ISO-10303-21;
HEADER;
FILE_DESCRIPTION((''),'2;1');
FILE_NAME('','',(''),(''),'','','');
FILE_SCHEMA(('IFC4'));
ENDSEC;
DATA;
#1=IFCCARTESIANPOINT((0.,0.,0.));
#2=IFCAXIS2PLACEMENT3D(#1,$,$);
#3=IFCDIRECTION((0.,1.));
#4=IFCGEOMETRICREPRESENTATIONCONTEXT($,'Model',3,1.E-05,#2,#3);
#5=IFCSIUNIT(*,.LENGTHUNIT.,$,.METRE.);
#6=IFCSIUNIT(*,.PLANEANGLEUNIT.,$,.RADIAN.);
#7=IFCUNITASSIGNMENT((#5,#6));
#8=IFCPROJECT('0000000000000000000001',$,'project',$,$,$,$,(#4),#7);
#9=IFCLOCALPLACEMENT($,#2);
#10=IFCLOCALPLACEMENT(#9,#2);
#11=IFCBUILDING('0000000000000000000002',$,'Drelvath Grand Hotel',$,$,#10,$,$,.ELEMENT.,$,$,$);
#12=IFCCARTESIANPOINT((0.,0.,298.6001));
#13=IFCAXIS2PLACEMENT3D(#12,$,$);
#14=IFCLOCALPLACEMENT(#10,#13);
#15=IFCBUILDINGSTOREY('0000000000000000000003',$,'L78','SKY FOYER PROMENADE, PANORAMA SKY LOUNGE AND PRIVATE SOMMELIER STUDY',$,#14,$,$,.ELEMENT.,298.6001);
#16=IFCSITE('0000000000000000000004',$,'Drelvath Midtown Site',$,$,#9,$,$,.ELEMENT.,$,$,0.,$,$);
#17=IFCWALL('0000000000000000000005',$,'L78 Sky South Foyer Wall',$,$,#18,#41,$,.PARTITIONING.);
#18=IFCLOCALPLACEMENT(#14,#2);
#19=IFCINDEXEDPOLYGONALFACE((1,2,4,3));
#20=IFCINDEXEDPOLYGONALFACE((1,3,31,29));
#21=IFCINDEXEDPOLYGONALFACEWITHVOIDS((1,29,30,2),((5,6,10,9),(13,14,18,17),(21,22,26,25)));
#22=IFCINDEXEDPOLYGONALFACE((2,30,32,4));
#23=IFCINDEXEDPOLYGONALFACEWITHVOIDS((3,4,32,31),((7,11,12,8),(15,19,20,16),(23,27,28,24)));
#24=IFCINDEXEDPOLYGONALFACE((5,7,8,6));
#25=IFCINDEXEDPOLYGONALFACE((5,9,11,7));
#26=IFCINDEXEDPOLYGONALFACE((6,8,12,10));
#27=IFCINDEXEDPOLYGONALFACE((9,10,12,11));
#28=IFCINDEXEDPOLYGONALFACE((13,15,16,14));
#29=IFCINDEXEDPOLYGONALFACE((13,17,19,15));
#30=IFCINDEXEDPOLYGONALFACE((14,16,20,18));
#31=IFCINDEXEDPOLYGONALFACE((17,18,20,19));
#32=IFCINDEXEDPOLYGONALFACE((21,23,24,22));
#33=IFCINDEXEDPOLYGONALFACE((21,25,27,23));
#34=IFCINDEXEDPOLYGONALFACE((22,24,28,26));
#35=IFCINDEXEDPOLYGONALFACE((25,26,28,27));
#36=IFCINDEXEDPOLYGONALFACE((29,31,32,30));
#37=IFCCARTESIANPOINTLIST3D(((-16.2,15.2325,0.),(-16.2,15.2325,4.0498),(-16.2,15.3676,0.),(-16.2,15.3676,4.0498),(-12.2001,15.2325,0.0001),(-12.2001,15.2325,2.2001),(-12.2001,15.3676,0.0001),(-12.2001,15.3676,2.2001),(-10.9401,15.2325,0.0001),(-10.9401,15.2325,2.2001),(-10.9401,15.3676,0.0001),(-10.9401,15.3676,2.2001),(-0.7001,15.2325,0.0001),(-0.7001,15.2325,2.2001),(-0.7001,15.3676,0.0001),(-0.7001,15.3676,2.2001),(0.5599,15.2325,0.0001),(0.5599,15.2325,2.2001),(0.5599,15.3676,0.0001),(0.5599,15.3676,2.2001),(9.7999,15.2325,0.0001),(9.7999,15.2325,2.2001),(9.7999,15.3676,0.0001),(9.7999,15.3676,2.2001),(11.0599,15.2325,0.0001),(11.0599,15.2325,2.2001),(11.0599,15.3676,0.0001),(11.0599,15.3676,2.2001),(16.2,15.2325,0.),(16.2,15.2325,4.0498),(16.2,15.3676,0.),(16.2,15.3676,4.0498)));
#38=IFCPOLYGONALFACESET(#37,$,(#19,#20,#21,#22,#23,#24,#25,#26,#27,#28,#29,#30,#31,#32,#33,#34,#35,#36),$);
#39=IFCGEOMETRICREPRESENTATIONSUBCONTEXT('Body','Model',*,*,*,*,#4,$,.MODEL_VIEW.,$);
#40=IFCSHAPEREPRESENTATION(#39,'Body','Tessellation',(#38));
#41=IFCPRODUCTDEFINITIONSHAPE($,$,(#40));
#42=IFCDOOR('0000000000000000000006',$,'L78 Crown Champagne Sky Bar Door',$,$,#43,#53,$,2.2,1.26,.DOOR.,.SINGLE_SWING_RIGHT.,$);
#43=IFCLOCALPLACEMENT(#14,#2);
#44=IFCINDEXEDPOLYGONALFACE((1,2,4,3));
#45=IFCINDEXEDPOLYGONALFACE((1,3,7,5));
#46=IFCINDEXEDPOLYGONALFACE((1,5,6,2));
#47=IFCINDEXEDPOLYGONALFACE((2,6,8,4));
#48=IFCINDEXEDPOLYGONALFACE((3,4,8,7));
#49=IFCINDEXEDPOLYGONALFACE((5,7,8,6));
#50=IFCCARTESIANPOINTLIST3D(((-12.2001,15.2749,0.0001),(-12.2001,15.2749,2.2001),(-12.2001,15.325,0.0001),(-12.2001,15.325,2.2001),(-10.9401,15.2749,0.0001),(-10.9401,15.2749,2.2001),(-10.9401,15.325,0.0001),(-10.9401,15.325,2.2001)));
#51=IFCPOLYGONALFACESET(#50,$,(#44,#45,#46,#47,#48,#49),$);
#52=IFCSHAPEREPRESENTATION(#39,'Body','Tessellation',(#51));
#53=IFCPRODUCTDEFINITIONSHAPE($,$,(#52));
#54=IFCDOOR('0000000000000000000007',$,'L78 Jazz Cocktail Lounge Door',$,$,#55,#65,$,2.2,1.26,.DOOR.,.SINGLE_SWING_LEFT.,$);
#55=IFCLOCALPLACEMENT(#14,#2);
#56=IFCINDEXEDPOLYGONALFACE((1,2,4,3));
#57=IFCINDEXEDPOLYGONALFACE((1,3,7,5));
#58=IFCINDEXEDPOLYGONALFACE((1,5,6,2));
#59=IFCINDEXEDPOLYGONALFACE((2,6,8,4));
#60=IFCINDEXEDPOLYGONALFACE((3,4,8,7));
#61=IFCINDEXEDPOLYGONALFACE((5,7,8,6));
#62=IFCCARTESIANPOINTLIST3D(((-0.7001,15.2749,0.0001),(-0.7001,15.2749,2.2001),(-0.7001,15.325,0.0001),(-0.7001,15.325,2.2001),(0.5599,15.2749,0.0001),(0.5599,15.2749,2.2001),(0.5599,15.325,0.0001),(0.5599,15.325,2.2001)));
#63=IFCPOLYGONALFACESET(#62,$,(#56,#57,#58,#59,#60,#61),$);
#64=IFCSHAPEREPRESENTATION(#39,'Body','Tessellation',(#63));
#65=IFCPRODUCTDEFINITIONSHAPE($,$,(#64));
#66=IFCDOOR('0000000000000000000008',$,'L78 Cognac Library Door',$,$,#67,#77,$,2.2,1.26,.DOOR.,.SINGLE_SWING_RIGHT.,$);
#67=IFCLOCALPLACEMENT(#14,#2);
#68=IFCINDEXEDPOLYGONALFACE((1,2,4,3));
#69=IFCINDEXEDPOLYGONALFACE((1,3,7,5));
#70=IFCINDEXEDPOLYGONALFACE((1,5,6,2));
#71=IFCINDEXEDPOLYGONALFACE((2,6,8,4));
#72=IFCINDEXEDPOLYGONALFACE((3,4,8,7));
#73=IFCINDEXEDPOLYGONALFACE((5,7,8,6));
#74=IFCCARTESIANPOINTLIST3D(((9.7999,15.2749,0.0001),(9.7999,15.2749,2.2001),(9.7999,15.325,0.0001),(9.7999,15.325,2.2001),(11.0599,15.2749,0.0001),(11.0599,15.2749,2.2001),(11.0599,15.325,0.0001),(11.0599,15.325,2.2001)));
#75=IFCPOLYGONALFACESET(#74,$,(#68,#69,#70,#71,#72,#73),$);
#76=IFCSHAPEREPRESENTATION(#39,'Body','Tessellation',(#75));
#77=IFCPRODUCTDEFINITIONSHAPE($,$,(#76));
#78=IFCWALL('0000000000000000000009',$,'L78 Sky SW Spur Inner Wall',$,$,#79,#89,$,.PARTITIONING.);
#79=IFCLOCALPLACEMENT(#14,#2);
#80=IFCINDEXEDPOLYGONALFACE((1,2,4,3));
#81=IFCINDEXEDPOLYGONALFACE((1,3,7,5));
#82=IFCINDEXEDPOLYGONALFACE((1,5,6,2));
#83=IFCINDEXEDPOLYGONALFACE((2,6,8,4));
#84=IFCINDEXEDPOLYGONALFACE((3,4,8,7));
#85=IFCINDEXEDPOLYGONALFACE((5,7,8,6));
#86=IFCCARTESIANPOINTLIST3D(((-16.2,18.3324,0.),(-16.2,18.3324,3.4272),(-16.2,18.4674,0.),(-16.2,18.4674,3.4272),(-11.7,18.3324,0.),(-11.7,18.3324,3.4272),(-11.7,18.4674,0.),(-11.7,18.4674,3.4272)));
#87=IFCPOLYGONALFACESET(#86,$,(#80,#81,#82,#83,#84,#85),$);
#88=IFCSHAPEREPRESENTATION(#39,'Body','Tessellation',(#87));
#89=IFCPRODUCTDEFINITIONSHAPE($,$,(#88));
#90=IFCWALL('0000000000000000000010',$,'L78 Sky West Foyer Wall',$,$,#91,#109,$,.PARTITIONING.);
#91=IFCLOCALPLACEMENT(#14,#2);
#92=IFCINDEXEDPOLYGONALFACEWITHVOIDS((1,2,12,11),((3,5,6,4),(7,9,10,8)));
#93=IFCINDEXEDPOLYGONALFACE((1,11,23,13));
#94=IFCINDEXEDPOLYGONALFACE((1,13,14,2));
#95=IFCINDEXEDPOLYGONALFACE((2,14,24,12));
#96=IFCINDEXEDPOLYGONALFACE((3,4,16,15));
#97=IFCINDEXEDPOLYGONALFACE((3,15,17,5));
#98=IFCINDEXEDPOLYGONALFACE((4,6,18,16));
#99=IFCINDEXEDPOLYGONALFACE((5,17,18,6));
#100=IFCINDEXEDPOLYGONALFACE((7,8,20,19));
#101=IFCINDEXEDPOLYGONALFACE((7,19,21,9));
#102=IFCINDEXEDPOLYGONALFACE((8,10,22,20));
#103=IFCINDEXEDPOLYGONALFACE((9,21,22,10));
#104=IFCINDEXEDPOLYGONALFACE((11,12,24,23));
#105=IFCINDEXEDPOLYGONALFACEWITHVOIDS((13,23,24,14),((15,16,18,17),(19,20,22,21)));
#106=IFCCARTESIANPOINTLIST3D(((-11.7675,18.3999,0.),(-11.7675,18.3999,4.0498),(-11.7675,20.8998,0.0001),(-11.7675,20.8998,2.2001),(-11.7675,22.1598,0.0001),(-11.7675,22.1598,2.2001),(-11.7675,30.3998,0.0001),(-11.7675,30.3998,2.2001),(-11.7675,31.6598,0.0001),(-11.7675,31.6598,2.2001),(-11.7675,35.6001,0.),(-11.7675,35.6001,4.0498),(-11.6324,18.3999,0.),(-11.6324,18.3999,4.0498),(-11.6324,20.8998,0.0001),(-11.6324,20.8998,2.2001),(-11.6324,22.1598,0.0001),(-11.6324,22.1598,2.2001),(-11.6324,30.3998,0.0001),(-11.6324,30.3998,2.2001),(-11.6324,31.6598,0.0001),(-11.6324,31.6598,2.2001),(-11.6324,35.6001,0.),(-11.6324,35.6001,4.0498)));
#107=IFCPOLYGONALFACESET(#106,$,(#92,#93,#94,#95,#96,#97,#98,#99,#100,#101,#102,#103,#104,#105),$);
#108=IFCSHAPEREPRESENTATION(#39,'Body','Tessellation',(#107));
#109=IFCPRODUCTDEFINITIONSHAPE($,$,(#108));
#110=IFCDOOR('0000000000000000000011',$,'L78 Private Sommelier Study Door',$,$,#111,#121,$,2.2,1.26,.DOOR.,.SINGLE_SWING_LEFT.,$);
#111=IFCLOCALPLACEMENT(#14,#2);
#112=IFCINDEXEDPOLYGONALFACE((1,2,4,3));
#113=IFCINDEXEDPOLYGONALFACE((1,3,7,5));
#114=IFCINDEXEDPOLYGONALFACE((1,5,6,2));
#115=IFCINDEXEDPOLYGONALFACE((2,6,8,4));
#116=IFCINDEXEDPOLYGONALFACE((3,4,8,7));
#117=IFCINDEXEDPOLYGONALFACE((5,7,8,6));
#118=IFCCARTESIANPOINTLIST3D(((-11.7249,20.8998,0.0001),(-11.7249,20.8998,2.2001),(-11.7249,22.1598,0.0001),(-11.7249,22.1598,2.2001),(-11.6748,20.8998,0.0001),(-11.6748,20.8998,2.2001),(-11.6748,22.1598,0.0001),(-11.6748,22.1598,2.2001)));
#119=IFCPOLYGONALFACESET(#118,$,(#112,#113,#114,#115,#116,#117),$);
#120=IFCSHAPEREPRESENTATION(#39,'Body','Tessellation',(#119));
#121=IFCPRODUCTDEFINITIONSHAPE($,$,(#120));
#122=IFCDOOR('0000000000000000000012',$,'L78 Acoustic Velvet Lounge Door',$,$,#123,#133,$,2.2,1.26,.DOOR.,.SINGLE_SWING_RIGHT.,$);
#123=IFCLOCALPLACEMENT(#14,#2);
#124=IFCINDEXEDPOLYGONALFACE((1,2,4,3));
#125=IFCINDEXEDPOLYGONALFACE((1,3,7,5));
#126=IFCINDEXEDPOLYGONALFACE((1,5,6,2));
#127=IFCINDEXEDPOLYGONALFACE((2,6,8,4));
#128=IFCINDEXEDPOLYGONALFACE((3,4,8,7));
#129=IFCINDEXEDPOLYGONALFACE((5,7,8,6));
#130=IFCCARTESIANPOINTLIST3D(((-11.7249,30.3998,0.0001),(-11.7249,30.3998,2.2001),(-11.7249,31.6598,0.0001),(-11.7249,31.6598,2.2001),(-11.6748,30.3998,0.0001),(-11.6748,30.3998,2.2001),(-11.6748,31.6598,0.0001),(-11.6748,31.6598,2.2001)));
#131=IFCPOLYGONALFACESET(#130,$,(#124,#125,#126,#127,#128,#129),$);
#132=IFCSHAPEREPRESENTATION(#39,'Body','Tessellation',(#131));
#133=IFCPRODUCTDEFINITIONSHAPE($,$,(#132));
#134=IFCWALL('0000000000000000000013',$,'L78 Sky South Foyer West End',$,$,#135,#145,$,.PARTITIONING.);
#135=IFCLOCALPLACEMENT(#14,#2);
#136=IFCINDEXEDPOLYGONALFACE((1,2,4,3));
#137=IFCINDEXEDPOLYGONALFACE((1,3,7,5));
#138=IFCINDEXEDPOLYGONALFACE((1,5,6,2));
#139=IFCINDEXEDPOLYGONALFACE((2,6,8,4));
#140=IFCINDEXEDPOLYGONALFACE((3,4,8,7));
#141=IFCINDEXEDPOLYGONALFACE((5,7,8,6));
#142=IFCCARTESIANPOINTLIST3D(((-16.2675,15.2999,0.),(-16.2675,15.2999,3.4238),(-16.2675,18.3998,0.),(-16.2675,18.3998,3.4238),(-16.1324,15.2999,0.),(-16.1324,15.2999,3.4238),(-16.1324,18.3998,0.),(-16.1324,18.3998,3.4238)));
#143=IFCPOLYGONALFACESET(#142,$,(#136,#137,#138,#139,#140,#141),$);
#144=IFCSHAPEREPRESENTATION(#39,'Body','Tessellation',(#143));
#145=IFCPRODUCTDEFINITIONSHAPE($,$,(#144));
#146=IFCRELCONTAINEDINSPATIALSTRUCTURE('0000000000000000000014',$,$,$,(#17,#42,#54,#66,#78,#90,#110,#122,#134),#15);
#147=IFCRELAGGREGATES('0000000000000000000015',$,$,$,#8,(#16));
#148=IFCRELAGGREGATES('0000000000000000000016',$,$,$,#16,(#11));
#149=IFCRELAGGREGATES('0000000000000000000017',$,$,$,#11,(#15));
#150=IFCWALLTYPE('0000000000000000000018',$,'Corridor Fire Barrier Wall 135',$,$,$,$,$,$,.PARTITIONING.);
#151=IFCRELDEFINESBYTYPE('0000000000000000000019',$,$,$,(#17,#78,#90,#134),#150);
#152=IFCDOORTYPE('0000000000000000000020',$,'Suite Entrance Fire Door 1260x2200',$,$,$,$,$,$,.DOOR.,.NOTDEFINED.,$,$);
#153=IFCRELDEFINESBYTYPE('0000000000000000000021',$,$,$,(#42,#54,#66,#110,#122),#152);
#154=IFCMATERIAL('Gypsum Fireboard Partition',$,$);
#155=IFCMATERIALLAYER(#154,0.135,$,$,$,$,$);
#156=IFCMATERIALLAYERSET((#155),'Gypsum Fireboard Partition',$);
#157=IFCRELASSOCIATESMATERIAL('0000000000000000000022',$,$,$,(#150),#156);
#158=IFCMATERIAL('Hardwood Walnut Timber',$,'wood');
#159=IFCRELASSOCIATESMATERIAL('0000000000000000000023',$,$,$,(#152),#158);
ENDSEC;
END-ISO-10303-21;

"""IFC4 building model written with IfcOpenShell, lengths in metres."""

from ifc_helpers import new_model, si_unit, direction, frame, frame_2d, origin, place, context, subcontext, project, spatial, rectangle, extrude, material, layer, layer_set, type_object, element, fill, save


model = new_model("IFC4")

# Units and contexts
model_context = context("Model", 3, precision=1e-05, world=origin(), true_north=direction((0.0, 1.0)))
body_context = subcontext(model_context, "Body", "Model", "MODEL_VIEW")
ifc_project = project(units=[si_unit("LENGTHUNIT", "METRE"), si_unit("PLANEANGLEUNIT", "RADIAN")], contexts=[model_context])

# Site, building, storey
site_placement = place(None, origin())
site = spatial("IfcSite", under=ifc_project, at=site_placement, Name="Drelvath Midtown Site", CompositionType="ELEMENT", RefElevation=0.0)
building_placement = place(site_placement, origin())
building = spatial("IfcBuilding", under=site, at=building_placement, Name="Drelvath Grand Hotel", CompositionType="ELEMENT")
storey_placement = place(building_placement, frame((0.0, 0.0, 298.6001)))
storey = spatial("IfcBuildingStorey", under=building, at=storey_placement, Name="L78", Description="SKY FOYER PROMENADE, PANORAMA SKY LOUNGE AND PRIVATE SOMMELIER STUDY", CompositionType="ELEMENT", Elevation=298.6001)

# Wall, openings, doors
ifc_material_1 = material(Name="Gypsum Fireboard Partition")
ifc_layer_1 = layer(ifc_material_1, 0.135)
ifc_layer_set_1 = layer_set([ifc_layer_1], Name="Gypsum Fireboard Partition")
wall_type_1 = type_object("IfcWallType", Name="Corridor Fire Barrier Wall 135", PredefinedType="PARTITIONING", material=ifc_layer_set_1)
wall_1_placement = place(storey_placement, frame((-16.2, 15.3, 0.0), z_axis=(0.0, 0.0, 1.0), x_axis=(1.0, 0.0, 0.0)))
wall_1 = element("IfcWall", 1, at=wall_1_placement, inside=storey, type_object=wall_type_1, Name="L78 Sky South Foyer Wall", PredefinedType="PARTITIONING", context=body_context, shape_type="SweptSolid", body=[
    extrude(rectangle(XDim=32.3999, YDim=0.135, at=frame_2d((16.2, 0.0))), origin(), (0.0, 0.0, 1.0), 4.0498),
])
opening_1_placement = place(wall_1_placement, frame((4.0, 0.0, 0.0)))
opening_1 = element("IfcOpeningElement", 2, at=opening_1_placement, cuts=wall_1, PredefinedType="OPENING", context=body_context, shape_type="SweptSolid", body=[
    extrude(rectangle(XDim=1.26, YDim=2.2, at=frame_2d((0.6299, 1.1001))), frame((0.0, 0.0774, 0.0), z_axis=(0.0, -1.0, 0.0), x_axis=(1.0, 0.0, 0.0)), (0.0, 0.0, 1.0), 0.155),
])
opening_2_placement = place(wall_1_placement, frame((15.5, 0.0, 0.0)))
opening_2 = element("IfcOpeningElement", 3, at=opening_2_placement, cuts=wall_1, PredefinedType="OPENING", context=body_context, shape_type="SweptSolid", body=[
    extrude(rectangle(XDim=1.26, YDim=2.2, at=frame_2d((0.6299, 1.1001))), frame((0.0, 0.0774, 0.0), z_axis=(0.0, -1.0, 0.0), x_axis=(1.0, 0.0, 0.0)), (0.0, 0.0, 1.0), 0.155),
])
opening_3_placement = place(wall_1_placement, frame((26.0, 0.0, 0.0)))
opening_3 = element("IfcOpeningElement", 4, at=opening_3_placement, cuts=wall_1, PredefinedType="OPENING", context=body_context, shape_type="SweptSolid", body=[
    extrude(rectangle(XDim=1.26, YDim=2.2, at=frame_2d((0.6299, 1.1001))), frame((0.0, 0.0774, 0.0), z_axis=(0.0, -1.0, 0.0), x_axis=(1.0, 0.0, 0.0)), (0.0, 0.0, 1.0), 0.155),
])
ifc_material_2 = material(Name="Hardwood Walnut Timber", Category="wood")
door_type_1 = type_object("IfcDoorType", Name="Suite Entrance Fire Door 1260x2200", OperationType="NOTDEFINED", PredefinedType="DOOR", material=ifc_material_2)
door_1_placement = place(opening_1_placement, origin())
door_1 = element("IfcDoor", 5, at=door_1_placement, inside=storey, type_object=door_type_1, Name="L78 Crown Champagne Sky Bar Door", OperationType="SINGLE_SWING_RIGHT", OverallHeight=2.2, OverallWidth=1.26, PredefinedType="DOOR", context=body_context, shape_type="SweptSolid", body=[
    extrude(rectangle(XDim=1.26, YDim=2.2, at=frame_2d((0.6299, 1.1001))), frame((0.0, 0.0249, 0.0), z_axis=(0.0, -1.0, 0.0), x_axis=(1.0, 0.0, 0.0)), (0.0, 0.0, 1.0), 0.05),
])
fill(opening_1, door_1)
door_2_placement = place(opening_2_placement, origin())
door_2 = element("IfcDoor", 6, at=door_2_placement, inside=storey, type_object=door_type_1, Name="L78 Jazz Cocktail Lounge Door", OperationType="SINGLE_SWING_LEFT", OverallHeight=2.2, OverallWidth=1.26, PredefinedType="DOOR", context=body_context, shape_type="SweptSolid", body=[
    extrude(rectangle(XDim=1.26, YDim=2.2, at=frame_2d((0.6299, 1.1001))), frame((0.0, 0.0249, 0.0), z_axis=(0.0, -1.0, 0.0), x_axis=(1.0, 0.0, 0.0)), (0.0, 0.0, 1.0), 0.05),
])
fill(opening_2, door_2)
door_3_placement = place(opening_3_placement, origin())
door_3 = element("IfcDoor", 7, at=door_3_placement, inside=storey, type_object=door_type_1, Name="L78 Cognac Library Door", OperationType="SINGLE_SWING_RIGHT", OverallHeight=2.2, OverallWidth=1.26, PredefinedType="DOOR", context=body_context, shape_type="SweptSolid", body=[
    extrude(rectangle(XDim=1.26, YDim=2.2, at=frame_2d((0.6299, 1.1001))), frame((0.0, 0.0249, 0.0), z_axis=(0.0, -1.0, 0.0), x_axis=(1.0, 0.0, 0.0)), (0.0, 0.0, 1.0), 0.05),
])
fill(opening_3, door_3)

# Wall
wall_2_placement = place(storey_placement, frame((-16.2, 18.3999, 0.0), z_axis=(0.0, 0.0, 1.0), x_axis=(1.0, 0.0, 0.0)))
element("IfcWall", 8, at=wall_2_placement, inside=storey, type_object=wall_type_1, Name="L78 Sky SW Spur Inner Wall", PredefinedType="PARTITIONING", context=body_context, shape_type="SweptSolid", body=[
    extrude(rectangle(XDim=4.5, YDim=0.135, at=frame_2d((2.25, 0.0))), origin(), (0.0, 0.0, 1.0), 3.4272),
])

# Wall, openings, doors
wall_3_placement = place(storey_placement, frame((-11.7, 18.3999, 0.0), z_axis=(0.0, 0.0, 1.0), x_axis=(0.0, 1.0, 0.0)))
wall_3 = element("IfcWall", 9, at=wall_3_placement, inside=storey, type_object=wall_type_1, Name="L78 Sky West Foyer Wall", PredefinedType="PARTITIONING", context=body_context, shape_type="SweptSolid", body=[
    extrude(rectangle(XDim=17.2002, YDim=0.135, at=frame_2d((8.6001, 0.0))), origin(), (0.0, 0.0, 1.0), 4.0498),
])
opening_4_placement = place(wall_3_placement, frame((2.5, 0.0, 0.0)))
opening_4 = element("IfcOpeningElement", 10, at=opening_4_placement, cuts=wall_3, PredefinedType="OPENING", context=body_context, shape_type="SweptSolid", body=[
    extrude(rectangle(XDim=1.26, YDim=2.2, at=frame_2d((0.6299, 1.1001))), frame((0.0, 0.0774, 0.0), z_axis=(0.0, -1.0, 0.0), x_axis=(1.0, 0.0, 0.0)), (0.0, 0.0, 1.0), 0.155),
])
opening_5_placement = place(wall_3_placement, frame((12.0, 0.0, 0.0)))
opening_5 = element("IfcOpeningElement", 11, at=opening_5_placement, cuts=wall_3, PredefinedType="OPENING", context=body_context, shape_type="SweptSolid", body=[
    extrude(rectangle(XDim=1.26, YDim=2.2, at=frame_2d((0.6299, 1.1001))), frame((0.0, 0.0774, 0.0), z_axis=(0.0, -1.0, 0.0), x_axis=(1.0, 0.0, 0.0)), (0.0, 0.0, 1.0), 0.155),
])
door_4_placement = place(opening_4_placement, origin())
door_4 = element("IfcDoor", 12, at=door_4_placement, inside=storey, type_object=door_type_1, Name="L78 Private Sommelier Study Door", OperationType="SINGLE_SWING_LEFT", OverallHeight=2.2, OverallWidth=1.26, PredefinedType="DOOR", context=body_context, shape_type="SweptSolid", body=[
    extrude(rectangle(XDim=1.26, YDim=2.2, at=frame_2d((0.6299, 1.1001))), frame((0.0, 0.0249, 0.0), z_axis=(0.0, -1.0, 0.0), x_axis=(1.0, 0.0, 0.0)), (0.0, 0.0, 1.0), 0.05),
])
fill(opening_4, door_4)
door_5_placement = place(opening_5_placement, origin())
door_5 = element("IfcDoor", 13, at=door_5_placement, inside=storey, type_object=door_type_1, Name="L78 Acoustic Velvet Lounge Door", OperationType="SINGLE_SWING_RIGHT", OverallHeight=2.2, OverallWidth=1.26, PredefinedType="DOOR", context=body_context, shape_type="SweptSolid", body=[
    extrude(rectangle(XDim=1.26, YDim=2.2, at=frame_2d((0.6299, 1.1001))), frame((0.0, 0.0249, 0.0), z_axis=(0.0, -1.0, 0.0), x_axis=(1.0, 0.0, 0.0)), (0.0, 0.0, 1.0), 0.05),
])
fill(opening_5, door_5)

# Wall
wall_4_placement = place(storey_placement, frame((-16.2, 15.3, 0.0), z_axis=(0.0, 0.0, 1.0), x_axis=(0.0, 1.0, 0.0)))
element("IfcWall", 14, at=wall_4_placement, inside=storey, type_object=wall_type_1, Name="L78 Sky South Foyer West End", PredefinedType="PARTITIONING", context=body_context, shape_type="SweptSolid", body=[
    extrude(rectangle(XDim=3.0999, YDim=0.135, at=frame_2d((1.5498, 0.0))), origin(), (0.0, 0.0, 1.0), 3.4238),
])

save(model, "model.ifc")
